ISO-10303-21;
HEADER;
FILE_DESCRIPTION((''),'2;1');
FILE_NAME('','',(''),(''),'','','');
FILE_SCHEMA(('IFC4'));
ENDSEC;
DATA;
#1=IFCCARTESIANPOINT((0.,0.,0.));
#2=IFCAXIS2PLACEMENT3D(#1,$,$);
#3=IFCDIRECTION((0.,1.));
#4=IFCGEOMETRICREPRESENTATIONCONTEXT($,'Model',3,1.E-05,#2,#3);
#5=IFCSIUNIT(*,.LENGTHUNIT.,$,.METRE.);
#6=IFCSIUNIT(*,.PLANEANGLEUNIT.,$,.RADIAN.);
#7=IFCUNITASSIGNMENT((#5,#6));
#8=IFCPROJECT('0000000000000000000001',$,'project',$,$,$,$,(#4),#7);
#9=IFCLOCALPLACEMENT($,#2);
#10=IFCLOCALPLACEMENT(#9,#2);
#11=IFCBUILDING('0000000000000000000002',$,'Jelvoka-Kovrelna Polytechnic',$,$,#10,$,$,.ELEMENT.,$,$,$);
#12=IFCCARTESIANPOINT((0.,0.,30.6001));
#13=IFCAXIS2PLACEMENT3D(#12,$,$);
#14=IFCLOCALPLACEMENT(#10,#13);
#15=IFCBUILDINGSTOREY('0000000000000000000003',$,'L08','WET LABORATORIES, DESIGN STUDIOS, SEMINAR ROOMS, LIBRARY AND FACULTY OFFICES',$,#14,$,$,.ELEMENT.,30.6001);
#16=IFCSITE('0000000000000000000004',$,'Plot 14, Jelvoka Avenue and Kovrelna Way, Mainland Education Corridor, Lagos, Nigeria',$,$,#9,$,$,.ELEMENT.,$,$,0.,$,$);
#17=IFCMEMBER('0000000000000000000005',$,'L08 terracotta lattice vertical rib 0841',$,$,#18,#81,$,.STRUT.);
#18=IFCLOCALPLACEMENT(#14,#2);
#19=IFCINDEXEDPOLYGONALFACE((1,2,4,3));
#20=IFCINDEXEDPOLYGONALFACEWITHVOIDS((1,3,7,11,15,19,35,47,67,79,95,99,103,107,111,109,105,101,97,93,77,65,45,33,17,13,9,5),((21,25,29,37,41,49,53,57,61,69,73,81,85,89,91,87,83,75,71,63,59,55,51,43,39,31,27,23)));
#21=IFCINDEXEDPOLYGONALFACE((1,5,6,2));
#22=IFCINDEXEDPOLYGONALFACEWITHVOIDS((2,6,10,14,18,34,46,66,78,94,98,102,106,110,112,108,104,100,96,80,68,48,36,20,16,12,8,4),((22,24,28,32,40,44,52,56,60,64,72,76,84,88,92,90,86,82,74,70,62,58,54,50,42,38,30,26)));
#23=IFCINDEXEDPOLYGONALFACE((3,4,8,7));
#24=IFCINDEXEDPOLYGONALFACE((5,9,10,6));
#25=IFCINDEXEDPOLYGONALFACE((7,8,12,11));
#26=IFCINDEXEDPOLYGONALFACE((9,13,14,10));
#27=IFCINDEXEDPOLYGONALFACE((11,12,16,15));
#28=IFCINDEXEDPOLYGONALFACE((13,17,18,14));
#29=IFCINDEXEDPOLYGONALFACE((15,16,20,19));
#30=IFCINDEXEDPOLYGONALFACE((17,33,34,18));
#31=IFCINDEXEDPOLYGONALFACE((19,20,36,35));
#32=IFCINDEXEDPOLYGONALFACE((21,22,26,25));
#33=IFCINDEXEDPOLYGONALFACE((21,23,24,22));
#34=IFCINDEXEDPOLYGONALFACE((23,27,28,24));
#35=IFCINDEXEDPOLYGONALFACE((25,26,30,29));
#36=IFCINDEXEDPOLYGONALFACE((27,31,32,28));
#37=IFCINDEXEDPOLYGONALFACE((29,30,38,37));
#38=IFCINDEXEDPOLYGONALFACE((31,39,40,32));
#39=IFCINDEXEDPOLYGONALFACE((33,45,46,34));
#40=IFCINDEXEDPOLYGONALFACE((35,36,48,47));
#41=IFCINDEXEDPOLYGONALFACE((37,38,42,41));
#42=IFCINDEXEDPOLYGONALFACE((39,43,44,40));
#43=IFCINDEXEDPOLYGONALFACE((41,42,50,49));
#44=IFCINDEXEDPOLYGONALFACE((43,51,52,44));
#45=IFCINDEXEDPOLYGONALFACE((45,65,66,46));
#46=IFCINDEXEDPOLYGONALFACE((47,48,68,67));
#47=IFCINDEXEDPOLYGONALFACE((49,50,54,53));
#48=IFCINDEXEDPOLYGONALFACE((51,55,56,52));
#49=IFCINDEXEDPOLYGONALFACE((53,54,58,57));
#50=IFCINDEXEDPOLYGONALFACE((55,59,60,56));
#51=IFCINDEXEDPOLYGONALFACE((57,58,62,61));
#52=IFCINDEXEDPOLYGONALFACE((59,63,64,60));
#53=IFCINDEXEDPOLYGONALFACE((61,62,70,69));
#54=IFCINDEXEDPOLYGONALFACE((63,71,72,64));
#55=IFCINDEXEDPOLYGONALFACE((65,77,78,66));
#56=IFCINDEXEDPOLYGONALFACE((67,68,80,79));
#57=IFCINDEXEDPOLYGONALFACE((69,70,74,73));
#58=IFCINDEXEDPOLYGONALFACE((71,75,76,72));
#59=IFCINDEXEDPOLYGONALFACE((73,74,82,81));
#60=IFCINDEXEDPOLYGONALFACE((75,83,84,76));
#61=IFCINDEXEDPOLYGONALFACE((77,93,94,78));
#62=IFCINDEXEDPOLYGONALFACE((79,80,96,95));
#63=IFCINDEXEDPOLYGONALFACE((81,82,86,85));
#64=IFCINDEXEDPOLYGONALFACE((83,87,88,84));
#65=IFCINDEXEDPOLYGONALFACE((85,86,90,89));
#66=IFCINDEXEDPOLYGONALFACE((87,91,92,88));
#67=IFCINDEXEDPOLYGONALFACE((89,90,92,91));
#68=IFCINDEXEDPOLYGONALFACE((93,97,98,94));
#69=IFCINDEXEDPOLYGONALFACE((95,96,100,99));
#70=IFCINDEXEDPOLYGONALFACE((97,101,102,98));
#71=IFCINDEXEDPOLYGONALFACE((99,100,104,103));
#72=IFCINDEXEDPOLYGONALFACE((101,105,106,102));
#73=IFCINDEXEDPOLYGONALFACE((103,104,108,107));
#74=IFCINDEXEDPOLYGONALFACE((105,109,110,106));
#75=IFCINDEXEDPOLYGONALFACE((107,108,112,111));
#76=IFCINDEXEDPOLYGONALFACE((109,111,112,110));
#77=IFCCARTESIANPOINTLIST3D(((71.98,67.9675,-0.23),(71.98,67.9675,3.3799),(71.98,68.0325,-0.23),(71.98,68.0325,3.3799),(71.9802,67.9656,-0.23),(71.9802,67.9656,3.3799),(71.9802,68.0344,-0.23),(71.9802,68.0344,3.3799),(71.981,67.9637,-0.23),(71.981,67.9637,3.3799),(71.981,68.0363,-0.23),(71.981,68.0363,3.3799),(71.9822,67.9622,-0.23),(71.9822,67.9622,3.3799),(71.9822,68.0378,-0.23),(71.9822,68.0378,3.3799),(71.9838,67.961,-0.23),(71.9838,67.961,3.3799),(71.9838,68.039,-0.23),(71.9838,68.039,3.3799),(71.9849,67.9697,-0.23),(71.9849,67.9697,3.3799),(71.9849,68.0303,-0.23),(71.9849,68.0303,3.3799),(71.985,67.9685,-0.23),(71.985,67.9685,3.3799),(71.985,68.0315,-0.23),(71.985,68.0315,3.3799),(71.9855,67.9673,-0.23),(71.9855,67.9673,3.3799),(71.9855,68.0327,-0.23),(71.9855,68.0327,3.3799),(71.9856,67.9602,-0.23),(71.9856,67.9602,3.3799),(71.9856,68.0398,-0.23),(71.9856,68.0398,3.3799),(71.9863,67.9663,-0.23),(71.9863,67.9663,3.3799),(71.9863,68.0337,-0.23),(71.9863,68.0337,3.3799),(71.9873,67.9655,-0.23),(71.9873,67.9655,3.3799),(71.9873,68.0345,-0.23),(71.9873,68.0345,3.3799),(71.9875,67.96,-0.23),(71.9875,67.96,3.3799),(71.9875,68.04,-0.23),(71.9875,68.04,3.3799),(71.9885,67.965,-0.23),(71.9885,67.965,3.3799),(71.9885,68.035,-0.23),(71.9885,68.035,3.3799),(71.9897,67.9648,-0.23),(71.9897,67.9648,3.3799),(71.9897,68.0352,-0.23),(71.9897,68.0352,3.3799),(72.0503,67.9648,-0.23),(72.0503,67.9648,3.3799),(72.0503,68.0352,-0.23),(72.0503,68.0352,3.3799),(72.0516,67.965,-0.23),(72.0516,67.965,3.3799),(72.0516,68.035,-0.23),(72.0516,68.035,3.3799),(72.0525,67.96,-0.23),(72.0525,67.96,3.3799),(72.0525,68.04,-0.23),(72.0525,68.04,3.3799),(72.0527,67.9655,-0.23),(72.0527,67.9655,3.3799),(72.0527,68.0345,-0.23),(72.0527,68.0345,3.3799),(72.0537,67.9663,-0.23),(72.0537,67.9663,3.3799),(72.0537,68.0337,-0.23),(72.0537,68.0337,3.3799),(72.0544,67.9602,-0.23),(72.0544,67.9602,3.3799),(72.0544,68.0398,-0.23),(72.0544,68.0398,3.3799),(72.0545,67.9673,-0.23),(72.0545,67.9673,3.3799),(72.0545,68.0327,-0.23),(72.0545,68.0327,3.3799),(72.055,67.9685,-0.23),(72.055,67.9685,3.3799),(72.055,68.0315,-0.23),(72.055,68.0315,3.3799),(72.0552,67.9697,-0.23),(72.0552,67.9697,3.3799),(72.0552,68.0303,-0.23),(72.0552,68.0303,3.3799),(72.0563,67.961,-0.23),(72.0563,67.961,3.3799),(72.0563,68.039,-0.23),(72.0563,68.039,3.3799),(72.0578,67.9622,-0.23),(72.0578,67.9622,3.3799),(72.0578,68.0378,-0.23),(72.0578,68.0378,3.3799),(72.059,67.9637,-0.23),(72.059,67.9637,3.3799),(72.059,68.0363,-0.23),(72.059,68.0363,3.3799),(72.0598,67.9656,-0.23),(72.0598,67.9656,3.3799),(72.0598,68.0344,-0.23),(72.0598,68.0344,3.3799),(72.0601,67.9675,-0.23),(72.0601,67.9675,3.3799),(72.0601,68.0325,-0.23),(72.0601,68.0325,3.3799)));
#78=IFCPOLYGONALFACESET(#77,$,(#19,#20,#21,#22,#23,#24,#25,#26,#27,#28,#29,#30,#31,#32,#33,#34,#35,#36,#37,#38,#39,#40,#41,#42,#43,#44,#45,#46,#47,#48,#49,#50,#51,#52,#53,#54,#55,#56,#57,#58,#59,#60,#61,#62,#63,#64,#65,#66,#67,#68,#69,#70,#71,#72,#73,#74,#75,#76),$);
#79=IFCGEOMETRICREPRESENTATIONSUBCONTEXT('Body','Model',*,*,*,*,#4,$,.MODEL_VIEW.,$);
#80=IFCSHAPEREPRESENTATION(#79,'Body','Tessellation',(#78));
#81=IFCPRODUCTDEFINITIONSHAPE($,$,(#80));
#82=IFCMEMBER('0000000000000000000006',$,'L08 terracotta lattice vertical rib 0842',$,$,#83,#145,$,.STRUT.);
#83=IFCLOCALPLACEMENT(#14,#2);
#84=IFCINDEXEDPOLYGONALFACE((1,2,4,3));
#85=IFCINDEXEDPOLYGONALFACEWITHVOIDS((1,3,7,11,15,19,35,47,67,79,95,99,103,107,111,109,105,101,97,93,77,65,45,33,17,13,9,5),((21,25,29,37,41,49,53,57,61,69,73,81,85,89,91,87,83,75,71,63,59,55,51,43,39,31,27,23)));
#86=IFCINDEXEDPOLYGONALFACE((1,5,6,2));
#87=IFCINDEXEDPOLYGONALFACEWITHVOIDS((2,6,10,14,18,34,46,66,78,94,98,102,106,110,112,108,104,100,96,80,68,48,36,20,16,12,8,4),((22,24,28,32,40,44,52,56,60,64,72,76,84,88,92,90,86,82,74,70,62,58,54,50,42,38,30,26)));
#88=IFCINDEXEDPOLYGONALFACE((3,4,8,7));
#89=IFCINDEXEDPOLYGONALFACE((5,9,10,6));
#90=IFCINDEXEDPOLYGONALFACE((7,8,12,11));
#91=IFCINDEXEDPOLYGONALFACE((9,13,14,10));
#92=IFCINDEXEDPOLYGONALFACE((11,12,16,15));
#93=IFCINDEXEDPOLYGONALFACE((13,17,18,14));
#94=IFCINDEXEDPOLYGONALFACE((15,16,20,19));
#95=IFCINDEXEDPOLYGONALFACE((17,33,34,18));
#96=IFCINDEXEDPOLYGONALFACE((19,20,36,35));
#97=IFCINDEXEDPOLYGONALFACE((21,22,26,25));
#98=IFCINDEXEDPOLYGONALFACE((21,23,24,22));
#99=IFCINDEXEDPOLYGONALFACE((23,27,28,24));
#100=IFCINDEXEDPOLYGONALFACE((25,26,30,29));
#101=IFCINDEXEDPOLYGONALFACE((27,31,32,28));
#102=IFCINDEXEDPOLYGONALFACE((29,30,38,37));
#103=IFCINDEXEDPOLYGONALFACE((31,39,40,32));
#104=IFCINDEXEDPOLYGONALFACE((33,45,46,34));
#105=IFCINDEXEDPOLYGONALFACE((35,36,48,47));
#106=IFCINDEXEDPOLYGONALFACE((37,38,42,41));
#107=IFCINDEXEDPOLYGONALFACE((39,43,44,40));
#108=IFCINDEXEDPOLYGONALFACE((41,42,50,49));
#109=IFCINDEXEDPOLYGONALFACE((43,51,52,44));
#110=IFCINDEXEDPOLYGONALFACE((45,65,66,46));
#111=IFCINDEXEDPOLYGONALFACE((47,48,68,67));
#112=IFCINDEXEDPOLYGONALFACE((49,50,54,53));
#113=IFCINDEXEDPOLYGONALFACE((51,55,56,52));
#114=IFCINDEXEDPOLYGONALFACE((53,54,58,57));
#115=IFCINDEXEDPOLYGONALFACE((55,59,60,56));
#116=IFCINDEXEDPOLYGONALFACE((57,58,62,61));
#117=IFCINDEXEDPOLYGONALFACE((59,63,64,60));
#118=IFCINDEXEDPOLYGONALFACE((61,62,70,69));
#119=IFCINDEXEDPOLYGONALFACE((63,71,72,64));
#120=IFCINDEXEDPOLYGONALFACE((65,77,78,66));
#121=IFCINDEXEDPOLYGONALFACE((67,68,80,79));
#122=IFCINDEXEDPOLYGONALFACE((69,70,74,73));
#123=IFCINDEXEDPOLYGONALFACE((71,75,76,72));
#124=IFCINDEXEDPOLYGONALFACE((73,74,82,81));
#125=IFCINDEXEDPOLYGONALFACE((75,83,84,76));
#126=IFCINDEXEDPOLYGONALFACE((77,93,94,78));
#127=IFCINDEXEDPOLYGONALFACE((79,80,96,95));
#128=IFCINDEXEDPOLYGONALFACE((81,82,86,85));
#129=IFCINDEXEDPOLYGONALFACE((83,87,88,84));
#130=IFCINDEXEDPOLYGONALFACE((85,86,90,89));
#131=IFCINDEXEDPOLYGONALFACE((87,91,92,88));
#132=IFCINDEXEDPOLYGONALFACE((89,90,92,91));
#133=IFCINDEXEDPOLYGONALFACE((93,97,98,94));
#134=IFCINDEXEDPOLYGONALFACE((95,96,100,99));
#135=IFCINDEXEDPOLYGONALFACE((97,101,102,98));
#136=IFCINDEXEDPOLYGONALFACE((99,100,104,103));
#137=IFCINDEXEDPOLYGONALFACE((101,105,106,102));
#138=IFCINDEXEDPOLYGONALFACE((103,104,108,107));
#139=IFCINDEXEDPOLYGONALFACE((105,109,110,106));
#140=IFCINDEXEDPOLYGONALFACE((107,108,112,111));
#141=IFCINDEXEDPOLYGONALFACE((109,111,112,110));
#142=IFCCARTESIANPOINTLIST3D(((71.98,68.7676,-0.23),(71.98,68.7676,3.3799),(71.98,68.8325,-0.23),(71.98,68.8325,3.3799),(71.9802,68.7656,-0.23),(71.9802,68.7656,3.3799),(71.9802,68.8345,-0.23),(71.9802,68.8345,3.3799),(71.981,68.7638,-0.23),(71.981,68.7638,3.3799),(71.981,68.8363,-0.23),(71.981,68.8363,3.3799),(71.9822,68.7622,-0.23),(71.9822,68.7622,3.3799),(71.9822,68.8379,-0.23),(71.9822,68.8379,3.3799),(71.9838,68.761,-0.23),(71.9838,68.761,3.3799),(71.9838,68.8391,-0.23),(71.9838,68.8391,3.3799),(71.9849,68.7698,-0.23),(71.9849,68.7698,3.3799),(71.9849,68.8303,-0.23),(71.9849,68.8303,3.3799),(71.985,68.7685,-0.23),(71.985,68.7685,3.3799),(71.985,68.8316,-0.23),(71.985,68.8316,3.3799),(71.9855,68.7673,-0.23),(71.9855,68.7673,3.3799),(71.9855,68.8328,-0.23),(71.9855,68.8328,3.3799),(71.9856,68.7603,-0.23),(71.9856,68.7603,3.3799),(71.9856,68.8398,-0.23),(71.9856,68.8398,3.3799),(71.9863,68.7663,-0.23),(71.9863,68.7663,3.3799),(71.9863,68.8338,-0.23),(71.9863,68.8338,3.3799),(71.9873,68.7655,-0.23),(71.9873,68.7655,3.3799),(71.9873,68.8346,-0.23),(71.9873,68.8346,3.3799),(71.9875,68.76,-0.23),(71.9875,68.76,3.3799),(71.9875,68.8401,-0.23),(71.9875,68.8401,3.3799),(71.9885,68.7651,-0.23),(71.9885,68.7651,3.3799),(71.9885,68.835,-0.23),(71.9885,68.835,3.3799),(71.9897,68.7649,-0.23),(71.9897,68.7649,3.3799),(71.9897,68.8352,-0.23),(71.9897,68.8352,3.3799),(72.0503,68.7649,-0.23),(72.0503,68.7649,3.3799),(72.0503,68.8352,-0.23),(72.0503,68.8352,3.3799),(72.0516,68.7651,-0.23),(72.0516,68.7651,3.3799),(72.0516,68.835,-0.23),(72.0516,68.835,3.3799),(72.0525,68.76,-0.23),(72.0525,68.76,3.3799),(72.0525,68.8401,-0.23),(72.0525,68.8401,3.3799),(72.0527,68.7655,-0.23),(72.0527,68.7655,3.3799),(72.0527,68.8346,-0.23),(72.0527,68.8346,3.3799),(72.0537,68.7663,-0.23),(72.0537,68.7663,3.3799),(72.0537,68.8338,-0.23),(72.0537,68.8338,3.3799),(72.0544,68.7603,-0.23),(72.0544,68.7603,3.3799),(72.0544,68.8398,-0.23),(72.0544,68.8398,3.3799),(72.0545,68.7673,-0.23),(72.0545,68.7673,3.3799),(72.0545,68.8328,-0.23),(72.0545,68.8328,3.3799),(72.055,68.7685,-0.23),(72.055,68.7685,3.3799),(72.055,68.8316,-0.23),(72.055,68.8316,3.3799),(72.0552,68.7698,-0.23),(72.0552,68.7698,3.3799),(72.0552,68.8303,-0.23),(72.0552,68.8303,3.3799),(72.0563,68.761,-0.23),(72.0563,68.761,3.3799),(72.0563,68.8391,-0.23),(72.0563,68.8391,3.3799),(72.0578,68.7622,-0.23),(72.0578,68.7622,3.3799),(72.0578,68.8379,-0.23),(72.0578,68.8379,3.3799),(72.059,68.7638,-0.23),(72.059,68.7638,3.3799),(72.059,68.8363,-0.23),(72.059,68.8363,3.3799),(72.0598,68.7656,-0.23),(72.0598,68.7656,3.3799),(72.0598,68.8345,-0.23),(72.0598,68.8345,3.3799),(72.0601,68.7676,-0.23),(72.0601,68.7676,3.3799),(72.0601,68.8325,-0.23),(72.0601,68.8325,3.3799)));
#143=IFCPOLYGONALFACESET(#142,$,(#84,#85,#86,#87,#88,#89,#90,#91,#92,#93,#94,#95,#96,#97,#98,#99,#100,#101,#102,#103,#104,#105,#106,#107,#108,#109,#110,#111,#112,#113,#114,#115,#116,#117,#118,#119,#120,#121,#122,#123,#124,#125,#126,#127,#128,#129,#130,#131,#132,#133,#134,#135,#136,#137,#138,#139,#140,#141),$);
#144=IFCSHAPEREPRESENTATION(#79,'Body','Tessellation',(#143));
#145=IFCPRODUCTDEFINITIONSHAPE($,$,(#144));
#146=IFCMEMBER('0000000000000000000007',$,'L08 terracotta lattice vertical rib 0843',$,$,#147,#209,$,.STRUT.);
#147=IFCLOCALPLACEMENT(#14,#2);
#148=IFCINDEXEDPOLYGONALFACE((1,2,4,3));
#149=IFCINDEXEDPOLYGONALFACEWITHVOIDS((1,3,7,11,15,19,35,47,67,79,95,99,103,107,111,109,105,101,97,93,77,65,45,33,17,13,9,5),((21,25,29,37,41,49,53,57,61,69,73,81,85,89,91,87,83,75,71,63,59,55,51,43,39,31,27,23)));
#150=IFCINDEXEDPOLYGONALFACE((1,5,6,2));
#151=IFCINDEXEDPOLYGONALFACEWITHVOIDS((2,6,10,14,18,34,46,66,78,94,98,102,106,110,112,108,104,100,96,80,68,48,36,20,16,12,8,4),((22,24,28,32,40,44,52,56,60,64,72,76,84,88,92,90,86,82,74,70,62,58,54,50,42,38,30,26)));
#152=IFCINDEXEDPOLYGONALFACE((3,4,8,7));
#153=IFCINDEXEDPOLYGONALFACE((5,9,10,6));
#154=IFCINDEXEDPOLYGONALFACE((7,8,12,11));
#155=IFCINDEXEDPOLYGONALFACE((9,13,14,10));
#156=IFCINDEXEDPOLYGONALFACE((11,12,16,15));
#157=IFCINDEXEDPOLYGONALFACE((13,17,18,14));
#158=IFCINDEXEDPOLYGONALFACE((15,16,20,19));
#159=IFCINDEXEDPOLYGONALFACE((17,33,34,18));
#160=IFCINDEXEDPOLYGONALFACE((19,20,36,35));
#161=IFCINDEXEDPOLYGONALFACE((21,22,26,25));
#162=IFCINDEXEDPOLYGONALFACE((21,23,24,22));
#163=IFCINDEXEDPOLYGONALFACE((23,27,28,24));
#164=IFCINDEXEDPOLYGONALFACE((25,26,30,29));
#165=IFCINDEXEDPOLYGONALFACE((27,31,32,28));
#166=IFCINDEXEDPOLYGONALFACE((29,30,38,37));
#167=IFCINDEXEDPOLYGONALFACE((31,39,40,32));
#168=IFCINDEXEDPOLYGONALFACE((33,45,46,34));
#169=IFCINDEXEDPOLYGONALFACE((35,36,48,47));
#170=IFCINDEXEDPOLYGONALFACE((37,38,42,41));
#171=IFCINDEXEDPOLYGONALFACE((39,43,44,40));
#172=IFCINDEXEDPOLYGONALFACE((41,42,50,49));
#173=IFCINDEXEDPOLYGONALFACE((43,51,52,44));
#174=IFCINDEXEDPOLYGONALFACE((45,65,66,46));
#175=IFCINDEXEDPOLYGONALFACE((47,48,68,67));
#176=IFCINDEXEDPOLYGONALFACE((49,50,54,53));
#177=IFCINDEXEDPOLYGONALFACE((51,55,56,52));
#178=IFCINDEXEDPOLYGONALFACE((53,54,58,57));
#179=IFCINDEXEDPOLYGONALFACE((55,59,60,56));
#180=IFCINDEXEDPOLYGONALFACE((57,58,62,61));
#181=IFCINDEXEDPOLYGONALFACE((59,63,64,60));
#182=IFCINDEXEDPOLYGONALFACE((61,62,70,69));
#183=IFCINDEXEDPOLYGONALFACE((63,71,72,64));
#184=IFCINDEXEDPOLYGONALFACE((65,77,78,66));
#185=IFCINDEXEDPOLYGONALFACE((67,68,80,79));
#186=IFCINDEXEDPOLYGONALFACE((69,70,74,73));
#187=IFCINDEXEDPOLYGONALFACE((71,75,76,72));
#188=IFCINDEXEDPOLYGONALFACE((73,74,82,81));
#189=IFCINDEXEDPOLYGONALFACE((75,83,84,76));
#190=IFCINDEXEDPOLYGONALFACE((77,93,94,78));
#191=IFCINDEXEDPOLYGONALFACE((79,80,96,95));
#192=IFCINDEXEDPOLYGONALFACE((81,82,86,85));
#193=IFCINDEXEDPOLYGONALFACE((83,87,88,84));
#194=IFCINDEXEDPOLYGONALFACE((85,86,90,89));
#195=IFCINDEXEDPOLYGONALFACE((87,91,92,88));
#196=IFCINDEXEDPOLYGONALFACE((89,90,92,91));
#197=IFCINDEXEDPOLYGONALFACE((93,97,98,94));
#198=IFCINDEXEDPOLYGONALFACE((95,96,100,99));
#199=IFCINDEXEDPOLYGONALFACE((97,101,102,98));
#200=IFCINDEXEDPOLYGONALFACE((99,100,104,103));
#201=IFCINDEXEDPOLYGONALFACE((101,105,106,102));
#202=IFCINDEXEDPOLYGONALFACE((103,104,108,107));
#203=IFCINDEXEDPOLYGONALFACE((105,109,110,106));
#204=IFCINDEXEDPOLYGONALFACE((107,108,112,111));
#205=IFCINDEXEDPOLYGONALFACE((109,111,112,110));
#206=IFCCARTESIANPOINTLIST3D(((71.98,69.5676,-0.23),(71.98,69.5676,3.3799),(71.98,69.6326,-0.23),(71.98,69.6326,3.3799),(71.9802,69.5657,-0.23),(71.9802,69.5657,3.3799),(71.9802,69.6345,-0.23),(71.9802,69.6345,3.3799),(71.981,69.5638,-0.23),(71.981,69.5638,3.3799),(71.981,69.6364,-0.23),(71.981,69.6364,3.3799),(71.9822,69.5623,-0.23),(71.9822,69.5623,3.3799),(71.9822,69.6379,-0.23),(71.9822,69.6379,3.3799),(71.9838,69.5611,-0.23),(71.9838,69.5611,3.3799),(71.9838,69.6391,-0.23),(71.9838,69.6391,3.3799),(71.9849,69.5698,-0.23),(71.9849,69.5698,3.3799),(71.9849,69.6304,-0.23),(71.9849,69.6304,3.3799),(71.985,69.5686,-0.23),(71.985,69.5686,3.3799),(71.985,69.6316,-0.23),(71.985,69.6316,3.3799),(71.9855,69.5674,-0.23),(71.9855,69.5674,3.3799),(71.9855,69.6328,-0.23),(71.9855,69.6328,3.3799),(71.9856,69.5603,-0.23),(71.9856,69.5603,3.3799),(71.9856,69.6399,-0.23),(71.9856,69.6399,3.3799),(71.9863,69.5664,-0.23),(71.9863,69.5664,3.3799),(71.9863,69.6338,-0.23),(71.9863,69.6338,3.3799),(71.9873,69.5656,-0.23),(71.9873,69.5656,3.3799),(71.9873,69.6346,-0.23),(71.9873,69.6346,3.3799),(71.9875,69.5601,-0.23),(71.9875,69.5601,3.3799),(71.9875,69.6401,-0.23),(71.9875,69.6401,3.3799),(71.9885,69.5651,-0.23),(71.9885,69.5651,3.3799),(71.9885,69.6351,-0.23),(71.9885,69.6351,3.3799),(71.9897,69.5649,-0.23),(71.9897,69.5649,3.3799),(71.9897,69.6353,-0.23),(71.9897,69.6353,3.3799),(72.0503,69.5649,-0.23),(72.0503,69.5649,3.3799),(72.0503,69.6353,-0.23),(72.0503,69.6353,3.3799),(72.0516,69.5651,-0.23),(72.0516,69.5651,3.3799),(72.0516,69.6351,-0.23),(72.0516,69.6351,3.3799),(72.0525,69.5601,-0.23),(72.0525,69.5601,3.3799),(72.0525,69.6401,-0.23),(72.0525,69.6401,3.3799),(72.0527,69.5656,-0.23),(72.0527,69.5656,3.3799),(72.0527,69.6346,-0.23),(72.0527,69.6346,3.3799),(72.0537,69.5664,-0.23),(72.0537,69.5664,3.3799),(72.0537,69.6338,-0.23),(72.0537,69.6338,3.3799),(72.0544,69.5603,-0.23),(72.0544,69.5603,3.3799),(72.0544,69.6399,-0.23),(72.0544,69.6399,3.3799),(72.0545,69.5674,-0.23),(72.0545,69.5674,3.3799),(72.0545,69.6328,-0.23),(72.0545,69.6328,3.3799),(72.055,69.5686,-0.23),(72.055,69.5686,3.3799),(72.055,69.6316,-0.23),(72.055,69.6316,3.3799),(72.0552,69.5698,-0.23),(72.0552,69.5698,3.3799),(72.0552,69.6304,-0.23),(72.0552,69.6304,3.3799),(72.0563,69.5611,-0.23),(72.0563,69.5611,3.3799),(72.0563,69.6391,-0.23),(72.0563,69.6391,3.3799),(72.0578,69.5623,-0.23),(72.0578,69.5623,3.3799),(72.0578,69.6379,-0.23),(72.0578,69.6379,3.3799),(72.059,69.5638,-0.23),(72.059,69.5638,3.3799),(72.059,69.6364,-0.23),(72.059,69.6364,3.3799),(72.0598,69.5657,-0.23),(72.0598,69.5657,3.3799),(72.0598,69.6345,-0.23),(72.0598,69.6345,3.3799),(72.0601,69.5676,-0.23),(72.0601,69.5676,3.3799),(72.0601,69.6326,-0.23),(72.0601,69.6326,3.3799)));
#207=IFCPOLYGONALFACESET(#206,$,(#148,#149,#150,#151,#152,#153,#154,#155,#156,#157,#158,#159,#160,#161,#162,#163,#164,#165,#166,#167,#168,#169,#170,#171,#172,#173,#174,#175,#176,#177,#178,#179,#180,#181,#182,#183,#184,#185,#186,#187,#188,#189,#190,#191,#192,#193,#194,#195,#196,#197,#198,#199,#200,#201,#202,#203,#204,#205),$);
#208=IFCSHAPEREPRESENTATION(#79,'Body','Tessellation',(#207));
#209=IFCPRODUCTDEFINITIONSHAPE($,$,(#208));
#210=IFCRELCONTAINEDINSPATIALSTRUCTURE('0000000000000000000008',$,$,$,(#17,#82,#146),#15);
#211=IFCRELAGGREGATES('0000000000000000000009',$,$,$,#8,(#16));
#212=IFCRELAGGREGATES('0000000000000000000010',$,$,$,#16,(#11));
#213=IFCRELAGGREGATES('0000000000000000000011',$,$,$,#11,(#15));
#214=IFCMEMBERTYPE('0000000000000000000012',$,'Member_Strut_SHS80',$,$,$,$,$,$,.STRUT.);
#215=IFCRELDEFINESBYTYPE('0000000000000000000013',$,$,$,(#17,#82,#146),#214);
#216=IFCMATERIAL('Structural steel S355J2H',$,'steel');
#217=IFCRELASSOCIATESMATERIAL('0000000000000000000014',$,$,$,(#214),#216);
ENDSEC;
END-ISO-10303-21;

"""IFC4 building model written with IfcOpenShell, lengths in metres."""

from ifc_helpers import new_model, si_unit, direction, frame, origin, origin_2d, place, context, subcontext, project, spatial, hollow_rectangle, extrude, material, material_profile, profile_set, type_object, element, save


model = new_model("IFC4")

# Units and contexts
model_context = context("Model", 3, precision=1e-05, world=origin(), true_north=direction((0.0, 1.0)))
body_context = subcontext(model_context, "Body", "Model", "MODEL_VIEW")
ifc_project = project(units=[si_unit("LENGTHUNIT", "METRE"), si_unit("PLANEANGLEUNIT", "RADIAN")], contexts=[model_context])

# Site, building, storey
site_placement = place(None, origin())
site = spatial("IfcSite", under=ifc_project, at=site_placement, Name="Plot 14, Jelvoka Avenue and Kovrelna Way, Mainland Education Corridor, Lagos, Nigeria", CompositionType="ELEMENT", RefElevation=0.0)
building_placement = place(site_placement, origin())
building = spatial("IfcBuilding", under=site, at=building_placement, Name="Jelvoka-Kovrelna Polytechnic", CompositionType="ELEMENT")
storey_placement = place(building_placement, frame((0.0, 0.0, 30.6001)))
storey = spatial("IfcBuildingStorey", under=building, at=storey_placement, Name="L08", Description="WET LABORATORIES, DESIGN STUDIOS, SEMINAR ROOMS, LIBRARY AND FACULTY OFFICES", CompositionType="ELEMENT", Elevation=30.6001)

# Members
ifc_material_1 = material(Name="Structural steel S355J2H", Category="steel")
ifc_material_profile_1 = material_profile(ifc_material_1, hollow_rectangle(XDim=0.0801, YDim=0.0801, WallThickness=0.0049, InnerFilletRadius=0.0049, OuterFilletRadius=0.0076, at=origin_2d()), Name="80x80x5.0 SHS")
ifc_profile_set_1 = profile_set([ifc_material_profile_1], Name="Structural steel S355J2H")
member_type_1 = type_object("IfcMemberType", Name="Member_Strut_SHS80", PredefinedType="STRUT", material=ifc_profile_set_1)
for number, where, z_axis, x_axis, name in (
    (1, (72.02, 68.0, -0.23), (0.0, 0.0, 1.0), (1.0, 0.0, 0.0), "L08 terracotta lattice vertical rib 0841"),
    (2, (72.02, 68.8, -0.23), (0.0, 0.0, 1.0), (1.0, 0.0, 0.0), "L08 terracotta lattice vertical rib 0842"),
    (3, (72.02, 69.6001, -0.23), (0.0, 0.0, 1.0), (1.0, 0.0, 0.0), "L08 terracotta lattice vertical rib 0843"),
):
    element("IfcMember", number, at=place(storey_placement, frame(where, z_axis=z_axis, x_axis=x_axis)), inside=storey, type_object=member_type_1, Name=name, PredefinedType="STRUT", context=body_context, shape_type="SweptSolid", body=[
        extrude(hollow_rectangle(XDim=0.0801, YDim=0.0801, WallThickness=0.0049, InnerFilletRadius=0.0049, OuterFilletRadius=0.0076, at=origin_2d()), origin(), (0.0, 0.0, 1.0), 3.6099),
    ])

save(model, "model.ifc")
